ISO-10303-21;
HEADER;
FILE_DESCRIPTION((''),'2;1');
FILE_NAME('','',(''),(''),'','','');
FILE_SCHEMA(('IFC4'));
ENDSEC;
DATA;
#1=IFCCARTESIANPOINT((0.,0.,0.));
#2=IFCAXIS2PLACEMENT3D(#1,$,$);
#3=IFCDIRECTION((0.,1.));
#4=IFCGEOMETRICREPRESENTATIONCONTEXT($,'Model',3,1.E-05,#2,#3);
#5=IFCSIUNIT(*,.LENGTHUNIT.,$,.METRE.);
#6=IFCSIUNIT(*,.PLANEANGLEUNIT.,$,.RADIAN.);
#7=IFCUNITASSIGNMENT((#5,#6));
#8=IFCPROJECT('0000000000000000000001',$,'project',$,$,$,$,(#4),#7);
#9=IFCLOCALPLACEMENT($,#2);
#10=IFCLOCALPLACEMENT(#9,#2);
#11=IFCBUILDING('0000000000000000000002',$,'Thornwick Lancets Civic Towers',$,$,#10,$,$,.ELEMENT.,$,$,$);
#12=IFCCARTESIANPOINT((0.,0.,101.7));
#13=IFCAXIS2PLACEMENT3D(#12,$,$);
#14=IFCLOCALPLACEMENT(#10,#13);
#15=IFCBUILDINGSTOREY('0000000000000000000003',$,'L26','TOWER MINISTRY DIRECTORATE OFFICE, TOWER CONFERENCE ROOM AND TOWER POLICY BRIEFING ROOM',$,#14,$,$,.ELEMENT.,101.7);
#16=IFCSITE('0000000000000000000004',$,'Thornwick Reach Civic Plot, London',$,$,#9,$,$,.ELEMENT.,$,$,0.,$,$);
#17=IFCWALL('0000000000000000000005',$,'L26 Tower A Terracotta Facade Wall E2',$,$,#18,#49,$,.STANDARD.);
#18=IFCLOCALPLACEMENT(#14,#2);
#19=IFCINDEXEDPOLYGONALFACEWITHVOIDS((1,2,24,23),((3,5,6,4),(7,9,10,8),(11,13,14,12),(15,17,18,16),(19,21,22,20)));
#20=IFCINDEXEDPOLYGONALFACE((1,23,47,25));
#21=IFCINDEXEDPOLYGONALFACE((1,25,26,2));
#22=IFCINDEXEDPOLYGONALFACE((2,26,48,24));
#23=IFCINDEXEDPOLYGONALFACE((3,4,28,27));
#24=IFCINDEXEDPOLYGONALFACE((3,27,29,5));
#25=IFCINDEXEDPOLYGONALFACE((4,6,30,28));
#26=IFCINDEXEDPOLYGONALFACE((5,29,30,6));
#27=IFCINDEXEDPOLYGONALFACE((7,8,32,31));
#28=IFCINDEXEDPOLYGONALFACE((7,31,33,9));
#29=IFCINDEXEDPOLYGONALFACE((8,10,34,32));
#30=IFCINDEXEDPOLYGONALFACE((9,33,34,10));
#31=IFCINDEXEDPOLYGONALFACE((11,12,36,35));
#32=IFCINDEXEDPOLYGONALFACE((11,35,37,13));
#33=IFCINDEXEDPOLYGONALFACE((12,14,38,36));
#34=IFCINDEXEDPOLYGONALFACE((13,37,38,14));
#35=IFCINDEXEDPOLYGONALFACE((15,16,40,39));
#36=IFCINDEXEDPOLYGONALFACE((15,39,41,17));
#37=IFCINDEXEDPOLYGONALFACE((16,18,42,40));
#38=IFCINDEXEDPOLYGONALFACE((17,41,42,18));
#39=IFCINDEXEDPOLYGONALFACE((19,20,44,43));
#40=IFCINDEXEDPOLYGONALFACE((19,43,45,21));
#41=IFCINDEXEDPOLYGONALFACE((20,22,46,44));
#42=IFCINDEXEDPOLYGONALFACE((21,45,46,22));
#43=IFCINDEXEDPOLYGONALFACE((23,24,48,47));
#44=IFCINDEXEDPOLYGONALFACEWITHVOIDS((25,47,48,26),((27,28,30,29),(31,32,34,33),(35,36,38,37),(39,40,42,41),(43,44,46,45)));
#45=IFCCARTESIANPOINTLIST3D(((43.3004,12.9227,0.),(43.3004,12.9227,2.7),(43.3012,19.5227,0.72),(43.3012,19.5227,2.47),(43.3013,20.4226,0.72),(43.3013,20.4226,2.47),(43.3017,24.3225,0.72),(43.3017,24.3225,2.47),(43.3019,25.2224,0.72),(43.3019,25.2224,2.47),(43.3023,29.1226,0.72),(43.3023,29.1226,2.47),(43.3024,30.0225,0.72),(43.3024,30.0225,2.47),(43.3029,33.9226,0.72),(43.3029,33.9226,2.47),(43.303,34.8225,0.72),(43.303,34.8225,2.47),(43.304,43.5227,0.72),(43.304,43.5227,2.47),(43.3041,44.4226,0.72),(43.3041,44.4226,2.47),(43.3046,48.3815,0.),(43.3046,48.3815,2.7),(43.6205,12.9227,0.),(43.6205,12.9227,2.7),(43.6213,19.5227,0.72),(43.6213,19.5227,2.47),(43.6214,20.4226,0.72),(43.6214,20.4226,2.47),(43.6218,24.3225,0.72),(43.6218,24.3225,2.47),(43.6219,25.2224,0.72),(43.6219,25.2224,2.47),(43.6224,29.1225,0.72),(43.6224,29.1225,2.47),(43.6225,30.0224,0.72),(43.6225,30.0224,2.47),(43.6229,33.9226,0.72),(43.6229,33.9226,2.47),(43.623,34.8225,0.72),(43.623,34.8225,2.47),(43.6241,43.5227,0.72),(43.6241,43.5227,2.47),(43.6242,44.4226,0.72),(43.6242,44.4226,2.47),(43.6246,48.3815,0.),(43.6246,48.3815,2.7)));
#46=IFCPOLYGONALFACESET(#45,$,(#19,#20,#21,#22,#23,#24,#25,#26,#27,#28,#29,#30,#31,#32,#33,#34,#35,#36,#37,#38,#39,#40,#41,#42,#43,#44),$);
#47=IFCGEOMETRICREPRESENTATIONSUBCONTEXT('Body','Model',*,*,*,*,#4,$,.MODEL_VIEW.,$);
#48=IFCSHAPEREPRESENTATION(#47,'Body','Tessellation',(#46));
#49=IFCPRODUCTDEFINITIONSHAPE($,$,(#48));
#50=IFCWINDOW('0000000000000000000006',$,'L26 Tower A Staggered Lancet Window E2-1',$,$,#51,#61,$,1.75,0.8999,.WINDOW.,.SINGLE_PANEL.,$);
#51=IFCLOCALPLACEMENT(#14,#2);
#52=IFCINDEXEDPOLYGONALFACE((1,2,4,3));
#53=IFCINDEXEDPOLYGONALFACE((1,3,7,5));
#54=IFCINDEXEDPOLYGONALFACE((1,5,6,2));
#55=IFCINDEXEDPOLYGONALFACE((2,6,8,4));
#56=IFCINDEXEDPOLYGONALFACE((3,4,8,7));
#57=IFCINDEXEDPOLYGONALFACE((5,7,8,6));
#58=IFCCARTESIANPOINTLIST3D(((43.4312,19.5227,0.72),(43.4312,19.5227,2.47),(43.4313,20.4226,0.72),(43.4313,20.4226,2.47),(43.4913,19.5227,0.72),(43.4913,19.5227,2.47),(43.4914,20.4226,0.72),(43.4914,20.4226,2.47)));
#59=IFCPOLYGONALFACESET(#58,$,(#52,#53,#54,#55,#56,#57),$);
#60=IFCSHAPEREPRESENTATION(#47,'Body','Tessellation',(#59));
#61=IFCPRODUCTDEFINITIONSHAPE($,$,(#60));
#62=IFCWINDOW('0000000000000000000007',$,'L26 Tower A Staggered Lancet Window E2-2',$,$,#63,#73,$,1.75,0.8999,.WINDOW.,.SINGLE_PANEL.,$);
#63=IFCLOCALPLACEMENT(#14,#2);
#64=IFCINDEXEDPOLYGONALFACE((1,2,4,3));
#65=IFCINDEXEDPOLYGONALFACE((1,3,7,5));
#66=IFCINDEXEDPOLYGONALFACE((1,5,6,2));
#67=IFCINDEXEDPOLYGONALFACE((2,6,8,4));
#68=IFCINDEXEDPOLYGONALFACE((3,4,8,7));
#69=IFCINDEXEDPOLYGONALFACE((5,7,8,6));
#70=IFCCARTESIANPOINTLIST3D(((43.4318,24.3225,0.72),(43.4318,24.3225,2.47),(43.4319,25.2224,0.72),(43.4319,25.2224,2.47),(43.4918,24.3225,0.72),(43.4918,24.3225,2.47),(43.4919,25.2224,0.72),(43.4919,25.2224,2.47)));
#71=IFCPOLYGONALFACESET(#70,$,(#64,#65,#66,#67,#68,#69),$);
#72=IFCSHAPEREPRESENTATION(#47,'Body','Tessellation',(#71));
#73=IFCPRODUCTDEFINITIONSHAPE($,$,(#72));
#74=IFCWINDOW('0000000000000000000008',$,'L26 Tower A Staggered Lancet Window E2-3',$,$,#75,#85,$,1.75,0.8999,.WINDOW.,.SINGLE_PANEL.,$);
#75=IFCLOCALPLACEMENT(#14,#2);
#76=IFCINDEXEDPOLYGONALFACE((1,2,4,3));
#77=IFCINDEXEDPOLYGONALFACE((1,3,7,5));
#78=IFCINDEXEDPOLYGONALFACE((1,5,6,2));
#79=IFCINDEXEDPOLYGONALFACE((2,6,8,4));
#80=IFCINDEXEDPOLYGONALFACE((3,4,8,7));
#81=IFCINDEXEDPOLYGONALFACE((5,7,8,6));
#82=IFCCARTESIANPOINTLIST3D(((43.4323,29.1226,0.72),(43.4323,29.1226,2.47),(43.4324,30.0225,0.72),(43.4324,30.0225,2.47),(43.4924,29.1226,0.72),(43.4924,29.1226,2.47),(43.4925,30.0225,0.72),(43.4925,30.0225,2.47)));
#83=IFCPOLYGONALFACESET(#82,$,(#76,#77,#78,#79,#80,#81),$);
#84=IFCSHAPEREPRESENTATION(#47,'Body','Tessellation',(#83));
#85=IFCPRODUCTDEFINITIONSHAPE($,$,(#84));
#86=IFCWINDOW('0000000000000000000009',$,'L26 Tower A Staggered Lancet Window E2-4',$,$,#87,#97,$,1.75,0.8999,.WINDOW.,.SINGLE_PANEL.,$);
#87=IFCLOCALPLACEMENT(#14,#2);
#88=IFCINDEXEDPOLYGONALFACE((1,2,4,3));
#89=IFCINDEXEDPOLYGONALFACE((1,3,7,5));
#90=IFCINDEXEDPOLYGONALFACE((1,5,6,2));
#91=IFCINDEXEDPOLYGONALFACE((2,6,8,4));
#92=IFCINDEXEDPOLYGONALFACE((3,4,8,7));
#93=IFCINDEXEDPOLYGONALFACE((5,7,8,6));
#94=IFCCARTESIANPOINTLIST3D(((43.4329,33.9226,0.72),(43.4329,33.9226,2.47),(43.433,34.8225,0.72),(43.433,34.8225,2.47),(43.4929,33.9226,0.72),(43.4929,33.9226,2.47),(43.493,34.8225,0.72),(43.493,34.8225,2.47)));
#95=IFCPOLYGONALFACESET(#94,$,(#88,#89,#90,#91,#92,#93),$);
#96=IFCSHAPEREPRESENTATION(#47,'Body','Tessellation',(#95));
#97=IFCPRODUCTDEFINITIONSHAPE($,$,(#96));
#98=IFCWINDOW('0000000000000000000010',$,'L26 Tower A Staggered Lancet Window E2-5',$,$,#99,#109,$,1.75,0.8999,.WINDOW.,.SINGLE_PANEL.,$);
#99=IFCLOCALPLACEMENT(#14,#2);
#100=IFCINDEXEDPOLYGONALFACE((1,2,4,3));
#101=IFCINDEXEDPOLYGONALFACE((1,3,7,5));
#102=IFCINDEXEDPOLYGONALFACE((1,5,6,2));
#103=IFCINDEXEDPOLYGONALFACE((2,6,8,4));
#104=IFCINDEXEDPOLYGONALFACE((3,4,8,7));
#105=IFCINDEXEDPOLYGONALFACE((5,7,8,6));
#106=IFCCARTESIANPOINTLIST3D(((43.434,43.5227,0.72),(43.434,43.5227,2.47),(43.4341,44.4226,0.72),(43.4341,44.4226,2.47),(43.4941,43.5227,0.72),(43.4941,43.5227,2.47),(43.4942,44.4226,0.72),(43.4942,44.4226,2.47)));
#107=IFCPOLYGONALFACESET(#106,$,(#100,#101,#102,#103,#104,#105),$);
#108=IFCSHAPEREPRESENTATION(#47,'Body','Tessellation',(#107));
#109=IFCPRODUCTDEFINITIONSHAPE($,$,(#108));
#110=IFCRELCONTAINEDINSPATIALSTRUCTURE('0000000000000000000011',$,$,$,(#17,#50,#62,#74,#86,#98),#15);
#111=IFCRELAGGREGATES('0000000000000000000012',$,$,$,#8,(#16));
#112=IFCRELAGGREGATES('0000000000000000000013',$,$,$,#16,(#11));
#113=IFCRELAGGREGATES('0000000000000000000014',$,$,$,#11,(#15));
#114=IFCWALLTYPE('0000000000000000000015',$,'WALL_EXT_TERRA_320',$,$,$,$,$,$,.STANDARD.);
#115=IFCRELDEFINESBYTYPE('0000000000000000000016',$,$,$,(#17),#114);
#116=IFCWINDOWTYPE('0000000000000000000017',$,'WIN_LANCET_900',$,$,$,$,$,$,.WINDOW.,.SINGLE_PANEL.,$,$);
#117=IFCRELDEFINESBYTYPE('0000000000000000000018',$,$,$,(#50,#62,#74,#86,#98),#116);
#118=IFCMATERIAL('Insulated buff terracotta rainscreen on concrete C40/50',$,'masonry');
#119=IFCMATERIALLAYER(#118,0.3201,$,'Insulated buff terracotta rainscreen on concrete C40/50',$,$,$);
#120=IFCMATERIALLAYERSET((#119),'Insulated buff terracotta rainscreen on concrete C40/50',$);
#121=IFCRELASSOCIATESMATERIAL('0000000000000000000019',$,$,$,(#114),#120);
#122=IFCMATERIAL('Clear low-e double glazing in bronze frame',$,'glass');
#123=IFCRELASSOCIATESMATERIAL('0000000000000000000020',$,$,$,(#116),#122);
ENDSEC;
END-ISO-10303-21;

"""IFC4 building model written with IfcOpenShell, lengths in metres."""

from ifc_helpers import new_model, si_unit, direction, frame, frame_2d, origin, place, context, subcontext, project, spatial, rectangle, extrude, material, layer, layer_set, type_object, element, fill, save


model = new_model("IFC4")

# Units and contexts
model_context = context("Model", 3, precision=1e-05, world=origin(), true_north=direction((0.0, 1.0)))
body_context = subcontext(model_context, "Body", "Model", "MODEL_VIEW")
ifc_project = project(units=[si_unit("LENGTHUNIT", "METRE"), si_unit("PLANEANGLEUNIT", "RADIAN")], contexts=[model_context])

# Site, building, storey
site_placement = place(None, origin())
site = spatial("IfcSite", under=ifc_project, at=site_placement, Name="Thornwick Reach Civic Plot, London", CompositionType="ELEMENT", RefElevation=0.0)
building_placement = place(site_placement, origin())
building = spatial("IfcBuilding", under=site, at=building_placement, Name="Thornwick Lancets Civic Towers", CompositionType="ELEMENT")
storey_placement = place(building_placement, frame((0.0, 0.0, 101.7)))
storey = spatial("IfcBuildingStorey", under=building, at=storey_placement, Name="L26", Description="TOWER MINISTRY DIRECTORATE OFFICE, TOWER CONFERENCE ROOM AND TOWER POLICY BRIEFING ROOM", CompositionType="ELEMENT", Elevation=101.7)

# Wall, openings, windows
ifc_material_1 = material(Name="Insulated buff terracotta rainscreen on concrete C40/50", Category="masonry")
ifc_layer_1 = layer(ifc_material_1, 0.3201, Name="Insulated buff terracotta rainscreen on concrete C40/50")
ifc_layer_set_1 = layer_set([ifc_layer_1], Name="Insulated buff terracotta rainscreen on concrete C40/50")
wall_type_1 = type_object("IfcWallType", Name="WALL_EXT_TERRA_320", PredefinedType="STANDARD", material=ifc_layer_set_1)
wall_1_placement = place(storey_placement, frame((43.4604, 12.9226, 0.0), z_axis=(0.0, 0.0, 1.0), x_axis=(0.000117, 1.0, 0.0)))
wall_1 = element("IfcWall", 1, at=wall_1_placement, inside=storey, type_object=wall_type_1, Name="L26 Tower A Terracotta Facade Wall E2", PredefinedType="STANDARD", context=body_context, shape_type="SweptSolid", body=[
    extrude(rectangle(XDim=35.4587, YDim=0.3201, at=frame_2d((17.7295, 0.0))), origin(), (0.0, 0.0, 1.0), 2.7),
])
opening_1_placement = place(wall_1_placement, frame((6.6001, 0.0, 0.72)))
opening_1 = element("IfcOpeningElement", 2, at=opening_1_placement, cuts=wall_1, PredefinedType="OPENING", context=body_context, shape_type="SweptSolid", body=[
    extrude(rectangle(XDim=0.8999, YDim=1.75, at=frame_2d((0.45, 0.875))), frame((0.0, 0.1699, 0.0), z_axis=(0.0, -1.0, 0.0), x_axis=(1.0, 0.0, 0.0)), (0.0, 0.0, 1.0), 0.3401),
])
opening_2_placement = place(wall_1_placement, frame((11.3999, 0.0, 0.72)))
opening_2 = element("IfcOpeningElement", 3, at=opening_2_placement, cuts=wall_1, PredefinedType="OPENING", context=body_context, shape_type="SweptSolid", body=[
    extrude(rectangle(XDim=0.8999, YDim=1.75, at=frame_2d((0.45, 0.875))), frame((0.0, 0.1699, 0.0), z_axis=(0.0, -1.0, 0.0), x_axis=(1.0, 0.0, 0.0)), (0.0, 0.0, 1.0), 0.3401),
])
opening_3_placement = place(wall_1_placement, frame((16.2, 0.0, 0.72)))
opening_3 = element("IfcOpeningElement", 4, at=opening_3_placement, cuts=wall_1, PredefinedType="OPENING", context=body_context, shape_type="SweptSolid", body=[
    extrude(rectangle(XDim=0.8999, YDim=1.75, at=frame_2d((0.45, 0.875))), frame((0.0, 0.1699, 0.0), z_axis=(0.0, -1.0, 0.0), x_axis=(1.0, 0.0, 0.0)), (0.0, 0.0, 1.0), 0.3401),
])
opening_4_placement = place(wall_1_placement, frame((21.0, 0.0, 0.72)))
opening_4 = element("IfcOpeningElement", 5, at=opening_4_placement, cuts=wall_1, PredefinedType="OPENING", context=body_context, shape_type="SweptSolid", body=[
    extrude(rectangle(XDim=0.8999, YDim=1.75, at=frame_2d((0.45, 0.875))), frame((0.0, 0.1699, 0.0), z_axis=(0.0, -1.0, 0.0), x_axis=(1.0, 0.0, 0.0)), (0.0, 0.0, 1.0), 0.3401),
])
opening_5_placement = place(wall_1_placement, frame((30.6001, 0.0, 0.72)))
opening_5 = element("IfcOpeningElement", 6, at=opening_5_placement, cuts=wall_1, PredefinedType="OPENING", context=body_context, shape_type="SweptSolid", body=[
    extrude(rectangle(XDim=0.8999, YDim=1.75, at=frame_2d((0.45, 0.875))), frame((0.0, 0.1699, 0.0), z_axis=(0.0, -1.0, 0.0), x_axis=(1.0, 0.0, 0.0)), (0.0, 0.0, 1.0), 0.3401),
])
ifc_material_2 = material(Name="Clear low-e double glazing in bronze frame", Category="glass")
window_type = type_object("IfcWindowType", Name="WIN_LANCET_900", PartitioningType="SINGLE_PANEL", PredefinedType="WINDOW", material=ifc_material_2)
window_1_placement = place(opening_1_placement, origin())
window_1 = element("IfcWindow", 7, at=window_1_placement, inside=storey, type_object=window_type, Name="L26 Tower A Staggered Lancet Window E2-1", OverallHeight=1.75, OverallWidth=0.8999, PartitioningType="SINGLE_PANEL", PredefinedType="WINDOW", context=body_context, shape_type="SweptSolid", body=[
    extrude(rectangle(XDim=0.8999, YDim=1.75, at=frame_2d((0.45, 0.875))), frame((0.0, 0.03, 0.0), z_axis=(0.0, -1.0, 0.0), x_axis=(1.0, 0.0, 0.0)), (0.0, 0.0, 1.0), 0.0601),
])
fill(opening_1, window_1)
window_2_placement = place(opening_2_placement, origin())
window_2 = element("IfcWindow", 8, at=window_2_placement, inside=storey, type_object=window_type, Name="L26 Tower A Staggered Lancet Window E2-2", OverallHeight=1.75, OverallWidth=0.8999, PartitioningType="SINGLE_PANEL", PredefinedType="WINDOW", context=body_context, shape_type="SweptSolid", body=[
    extrude(rectangle(XDim=0.8999, YDim=1.75, at=frame_2d((0.45, 0.875))), frame((0.0, 0.03, 0.0), z_axis=(0.0, -1.0, 0.0), x_axis=(1.0, 0.0, 0.0)), (0.0, 0.0, 1.0), 0.0601),
])
fill(opening_2, window_2)
window_3_placement = place(opening_3_placement, origin())
window_3 = element("IfcWindow", 9, at=window_3_placement, inside=storey, type_object=window_type, Name="L26 Tower A Staggered Lancet Window E2-3", OverallHeight=1.75, OverallWidth=0.8999, PartitioningType="SINGLE_PANEL", PredefinedType="WINDOW", context=body_context, shape_type="SweptSolid", body=[
    extrude(rectangle(XDim=0.8999, YDim=1.75, at=frame_2d((0.45, 0.875))), frame((0.0, 0.03, 0.0), z_axis=(0.0, -1.0, 0.0), x_axis=(1.0, 0.0, 0.0)), (0.0, 0.0, 1.0), 0.0601),
])
fill(opening_3, window_3)
window_4_placement = place(opening_4_placement, origin())
window_4 = element("IfcWindow", 10, at=window_4_placement, inside=storey, type_object=window_type, Name="L26 Tower A Staggered Lancet Window E2-4", OverallHeight=1.75, OverallWidth=0.8999, PartitioningType="SINGLE_PANEL", PredefinedType="WINDOW", context=body_context, shape_type="SweptSolid", body=[
    extrude(rectangle(XDim=0.8999, YDim=1.75, at=frame_2d((0.45, 0.875))), frame((0.0, 0.03, 0.0), z_axis=(0.0, -1.0, 0.0), x_axis=(1.0, 0.0, 0.0)), (0.0, 0.0, 1.0), 0.0601),
])
fill(opening_4, window_4)
window_5_placement = place(opening_5_placement, origin())
window_5 = element("IfcWindow", 11, at=window_5_placement, inside=storey, type_object=window_type, Name="L26 Tower A Staggered Lancet Window E2-5", OverallHeight=1.75, OverallWidth=0.8999, PartitioningType="SINGLE_PANEL", PredefinedType="WINDOW", context=body_context, shape_type="SweptSolid", body=[
    extrude(rectangle(XDim=0.8999, YDim=1.75, at=frame_2d((0.45, 0.875))), frame((0.0, 0.03, 0.0), z_axis=(0.0, -1.0, 0.0), x_axis=(1.0, 0.0, 0.0)), (0.0, 0.0, 1.0), 0.0601),
])
fill(opening_5, window_5)

save(model, "model.ifc")
